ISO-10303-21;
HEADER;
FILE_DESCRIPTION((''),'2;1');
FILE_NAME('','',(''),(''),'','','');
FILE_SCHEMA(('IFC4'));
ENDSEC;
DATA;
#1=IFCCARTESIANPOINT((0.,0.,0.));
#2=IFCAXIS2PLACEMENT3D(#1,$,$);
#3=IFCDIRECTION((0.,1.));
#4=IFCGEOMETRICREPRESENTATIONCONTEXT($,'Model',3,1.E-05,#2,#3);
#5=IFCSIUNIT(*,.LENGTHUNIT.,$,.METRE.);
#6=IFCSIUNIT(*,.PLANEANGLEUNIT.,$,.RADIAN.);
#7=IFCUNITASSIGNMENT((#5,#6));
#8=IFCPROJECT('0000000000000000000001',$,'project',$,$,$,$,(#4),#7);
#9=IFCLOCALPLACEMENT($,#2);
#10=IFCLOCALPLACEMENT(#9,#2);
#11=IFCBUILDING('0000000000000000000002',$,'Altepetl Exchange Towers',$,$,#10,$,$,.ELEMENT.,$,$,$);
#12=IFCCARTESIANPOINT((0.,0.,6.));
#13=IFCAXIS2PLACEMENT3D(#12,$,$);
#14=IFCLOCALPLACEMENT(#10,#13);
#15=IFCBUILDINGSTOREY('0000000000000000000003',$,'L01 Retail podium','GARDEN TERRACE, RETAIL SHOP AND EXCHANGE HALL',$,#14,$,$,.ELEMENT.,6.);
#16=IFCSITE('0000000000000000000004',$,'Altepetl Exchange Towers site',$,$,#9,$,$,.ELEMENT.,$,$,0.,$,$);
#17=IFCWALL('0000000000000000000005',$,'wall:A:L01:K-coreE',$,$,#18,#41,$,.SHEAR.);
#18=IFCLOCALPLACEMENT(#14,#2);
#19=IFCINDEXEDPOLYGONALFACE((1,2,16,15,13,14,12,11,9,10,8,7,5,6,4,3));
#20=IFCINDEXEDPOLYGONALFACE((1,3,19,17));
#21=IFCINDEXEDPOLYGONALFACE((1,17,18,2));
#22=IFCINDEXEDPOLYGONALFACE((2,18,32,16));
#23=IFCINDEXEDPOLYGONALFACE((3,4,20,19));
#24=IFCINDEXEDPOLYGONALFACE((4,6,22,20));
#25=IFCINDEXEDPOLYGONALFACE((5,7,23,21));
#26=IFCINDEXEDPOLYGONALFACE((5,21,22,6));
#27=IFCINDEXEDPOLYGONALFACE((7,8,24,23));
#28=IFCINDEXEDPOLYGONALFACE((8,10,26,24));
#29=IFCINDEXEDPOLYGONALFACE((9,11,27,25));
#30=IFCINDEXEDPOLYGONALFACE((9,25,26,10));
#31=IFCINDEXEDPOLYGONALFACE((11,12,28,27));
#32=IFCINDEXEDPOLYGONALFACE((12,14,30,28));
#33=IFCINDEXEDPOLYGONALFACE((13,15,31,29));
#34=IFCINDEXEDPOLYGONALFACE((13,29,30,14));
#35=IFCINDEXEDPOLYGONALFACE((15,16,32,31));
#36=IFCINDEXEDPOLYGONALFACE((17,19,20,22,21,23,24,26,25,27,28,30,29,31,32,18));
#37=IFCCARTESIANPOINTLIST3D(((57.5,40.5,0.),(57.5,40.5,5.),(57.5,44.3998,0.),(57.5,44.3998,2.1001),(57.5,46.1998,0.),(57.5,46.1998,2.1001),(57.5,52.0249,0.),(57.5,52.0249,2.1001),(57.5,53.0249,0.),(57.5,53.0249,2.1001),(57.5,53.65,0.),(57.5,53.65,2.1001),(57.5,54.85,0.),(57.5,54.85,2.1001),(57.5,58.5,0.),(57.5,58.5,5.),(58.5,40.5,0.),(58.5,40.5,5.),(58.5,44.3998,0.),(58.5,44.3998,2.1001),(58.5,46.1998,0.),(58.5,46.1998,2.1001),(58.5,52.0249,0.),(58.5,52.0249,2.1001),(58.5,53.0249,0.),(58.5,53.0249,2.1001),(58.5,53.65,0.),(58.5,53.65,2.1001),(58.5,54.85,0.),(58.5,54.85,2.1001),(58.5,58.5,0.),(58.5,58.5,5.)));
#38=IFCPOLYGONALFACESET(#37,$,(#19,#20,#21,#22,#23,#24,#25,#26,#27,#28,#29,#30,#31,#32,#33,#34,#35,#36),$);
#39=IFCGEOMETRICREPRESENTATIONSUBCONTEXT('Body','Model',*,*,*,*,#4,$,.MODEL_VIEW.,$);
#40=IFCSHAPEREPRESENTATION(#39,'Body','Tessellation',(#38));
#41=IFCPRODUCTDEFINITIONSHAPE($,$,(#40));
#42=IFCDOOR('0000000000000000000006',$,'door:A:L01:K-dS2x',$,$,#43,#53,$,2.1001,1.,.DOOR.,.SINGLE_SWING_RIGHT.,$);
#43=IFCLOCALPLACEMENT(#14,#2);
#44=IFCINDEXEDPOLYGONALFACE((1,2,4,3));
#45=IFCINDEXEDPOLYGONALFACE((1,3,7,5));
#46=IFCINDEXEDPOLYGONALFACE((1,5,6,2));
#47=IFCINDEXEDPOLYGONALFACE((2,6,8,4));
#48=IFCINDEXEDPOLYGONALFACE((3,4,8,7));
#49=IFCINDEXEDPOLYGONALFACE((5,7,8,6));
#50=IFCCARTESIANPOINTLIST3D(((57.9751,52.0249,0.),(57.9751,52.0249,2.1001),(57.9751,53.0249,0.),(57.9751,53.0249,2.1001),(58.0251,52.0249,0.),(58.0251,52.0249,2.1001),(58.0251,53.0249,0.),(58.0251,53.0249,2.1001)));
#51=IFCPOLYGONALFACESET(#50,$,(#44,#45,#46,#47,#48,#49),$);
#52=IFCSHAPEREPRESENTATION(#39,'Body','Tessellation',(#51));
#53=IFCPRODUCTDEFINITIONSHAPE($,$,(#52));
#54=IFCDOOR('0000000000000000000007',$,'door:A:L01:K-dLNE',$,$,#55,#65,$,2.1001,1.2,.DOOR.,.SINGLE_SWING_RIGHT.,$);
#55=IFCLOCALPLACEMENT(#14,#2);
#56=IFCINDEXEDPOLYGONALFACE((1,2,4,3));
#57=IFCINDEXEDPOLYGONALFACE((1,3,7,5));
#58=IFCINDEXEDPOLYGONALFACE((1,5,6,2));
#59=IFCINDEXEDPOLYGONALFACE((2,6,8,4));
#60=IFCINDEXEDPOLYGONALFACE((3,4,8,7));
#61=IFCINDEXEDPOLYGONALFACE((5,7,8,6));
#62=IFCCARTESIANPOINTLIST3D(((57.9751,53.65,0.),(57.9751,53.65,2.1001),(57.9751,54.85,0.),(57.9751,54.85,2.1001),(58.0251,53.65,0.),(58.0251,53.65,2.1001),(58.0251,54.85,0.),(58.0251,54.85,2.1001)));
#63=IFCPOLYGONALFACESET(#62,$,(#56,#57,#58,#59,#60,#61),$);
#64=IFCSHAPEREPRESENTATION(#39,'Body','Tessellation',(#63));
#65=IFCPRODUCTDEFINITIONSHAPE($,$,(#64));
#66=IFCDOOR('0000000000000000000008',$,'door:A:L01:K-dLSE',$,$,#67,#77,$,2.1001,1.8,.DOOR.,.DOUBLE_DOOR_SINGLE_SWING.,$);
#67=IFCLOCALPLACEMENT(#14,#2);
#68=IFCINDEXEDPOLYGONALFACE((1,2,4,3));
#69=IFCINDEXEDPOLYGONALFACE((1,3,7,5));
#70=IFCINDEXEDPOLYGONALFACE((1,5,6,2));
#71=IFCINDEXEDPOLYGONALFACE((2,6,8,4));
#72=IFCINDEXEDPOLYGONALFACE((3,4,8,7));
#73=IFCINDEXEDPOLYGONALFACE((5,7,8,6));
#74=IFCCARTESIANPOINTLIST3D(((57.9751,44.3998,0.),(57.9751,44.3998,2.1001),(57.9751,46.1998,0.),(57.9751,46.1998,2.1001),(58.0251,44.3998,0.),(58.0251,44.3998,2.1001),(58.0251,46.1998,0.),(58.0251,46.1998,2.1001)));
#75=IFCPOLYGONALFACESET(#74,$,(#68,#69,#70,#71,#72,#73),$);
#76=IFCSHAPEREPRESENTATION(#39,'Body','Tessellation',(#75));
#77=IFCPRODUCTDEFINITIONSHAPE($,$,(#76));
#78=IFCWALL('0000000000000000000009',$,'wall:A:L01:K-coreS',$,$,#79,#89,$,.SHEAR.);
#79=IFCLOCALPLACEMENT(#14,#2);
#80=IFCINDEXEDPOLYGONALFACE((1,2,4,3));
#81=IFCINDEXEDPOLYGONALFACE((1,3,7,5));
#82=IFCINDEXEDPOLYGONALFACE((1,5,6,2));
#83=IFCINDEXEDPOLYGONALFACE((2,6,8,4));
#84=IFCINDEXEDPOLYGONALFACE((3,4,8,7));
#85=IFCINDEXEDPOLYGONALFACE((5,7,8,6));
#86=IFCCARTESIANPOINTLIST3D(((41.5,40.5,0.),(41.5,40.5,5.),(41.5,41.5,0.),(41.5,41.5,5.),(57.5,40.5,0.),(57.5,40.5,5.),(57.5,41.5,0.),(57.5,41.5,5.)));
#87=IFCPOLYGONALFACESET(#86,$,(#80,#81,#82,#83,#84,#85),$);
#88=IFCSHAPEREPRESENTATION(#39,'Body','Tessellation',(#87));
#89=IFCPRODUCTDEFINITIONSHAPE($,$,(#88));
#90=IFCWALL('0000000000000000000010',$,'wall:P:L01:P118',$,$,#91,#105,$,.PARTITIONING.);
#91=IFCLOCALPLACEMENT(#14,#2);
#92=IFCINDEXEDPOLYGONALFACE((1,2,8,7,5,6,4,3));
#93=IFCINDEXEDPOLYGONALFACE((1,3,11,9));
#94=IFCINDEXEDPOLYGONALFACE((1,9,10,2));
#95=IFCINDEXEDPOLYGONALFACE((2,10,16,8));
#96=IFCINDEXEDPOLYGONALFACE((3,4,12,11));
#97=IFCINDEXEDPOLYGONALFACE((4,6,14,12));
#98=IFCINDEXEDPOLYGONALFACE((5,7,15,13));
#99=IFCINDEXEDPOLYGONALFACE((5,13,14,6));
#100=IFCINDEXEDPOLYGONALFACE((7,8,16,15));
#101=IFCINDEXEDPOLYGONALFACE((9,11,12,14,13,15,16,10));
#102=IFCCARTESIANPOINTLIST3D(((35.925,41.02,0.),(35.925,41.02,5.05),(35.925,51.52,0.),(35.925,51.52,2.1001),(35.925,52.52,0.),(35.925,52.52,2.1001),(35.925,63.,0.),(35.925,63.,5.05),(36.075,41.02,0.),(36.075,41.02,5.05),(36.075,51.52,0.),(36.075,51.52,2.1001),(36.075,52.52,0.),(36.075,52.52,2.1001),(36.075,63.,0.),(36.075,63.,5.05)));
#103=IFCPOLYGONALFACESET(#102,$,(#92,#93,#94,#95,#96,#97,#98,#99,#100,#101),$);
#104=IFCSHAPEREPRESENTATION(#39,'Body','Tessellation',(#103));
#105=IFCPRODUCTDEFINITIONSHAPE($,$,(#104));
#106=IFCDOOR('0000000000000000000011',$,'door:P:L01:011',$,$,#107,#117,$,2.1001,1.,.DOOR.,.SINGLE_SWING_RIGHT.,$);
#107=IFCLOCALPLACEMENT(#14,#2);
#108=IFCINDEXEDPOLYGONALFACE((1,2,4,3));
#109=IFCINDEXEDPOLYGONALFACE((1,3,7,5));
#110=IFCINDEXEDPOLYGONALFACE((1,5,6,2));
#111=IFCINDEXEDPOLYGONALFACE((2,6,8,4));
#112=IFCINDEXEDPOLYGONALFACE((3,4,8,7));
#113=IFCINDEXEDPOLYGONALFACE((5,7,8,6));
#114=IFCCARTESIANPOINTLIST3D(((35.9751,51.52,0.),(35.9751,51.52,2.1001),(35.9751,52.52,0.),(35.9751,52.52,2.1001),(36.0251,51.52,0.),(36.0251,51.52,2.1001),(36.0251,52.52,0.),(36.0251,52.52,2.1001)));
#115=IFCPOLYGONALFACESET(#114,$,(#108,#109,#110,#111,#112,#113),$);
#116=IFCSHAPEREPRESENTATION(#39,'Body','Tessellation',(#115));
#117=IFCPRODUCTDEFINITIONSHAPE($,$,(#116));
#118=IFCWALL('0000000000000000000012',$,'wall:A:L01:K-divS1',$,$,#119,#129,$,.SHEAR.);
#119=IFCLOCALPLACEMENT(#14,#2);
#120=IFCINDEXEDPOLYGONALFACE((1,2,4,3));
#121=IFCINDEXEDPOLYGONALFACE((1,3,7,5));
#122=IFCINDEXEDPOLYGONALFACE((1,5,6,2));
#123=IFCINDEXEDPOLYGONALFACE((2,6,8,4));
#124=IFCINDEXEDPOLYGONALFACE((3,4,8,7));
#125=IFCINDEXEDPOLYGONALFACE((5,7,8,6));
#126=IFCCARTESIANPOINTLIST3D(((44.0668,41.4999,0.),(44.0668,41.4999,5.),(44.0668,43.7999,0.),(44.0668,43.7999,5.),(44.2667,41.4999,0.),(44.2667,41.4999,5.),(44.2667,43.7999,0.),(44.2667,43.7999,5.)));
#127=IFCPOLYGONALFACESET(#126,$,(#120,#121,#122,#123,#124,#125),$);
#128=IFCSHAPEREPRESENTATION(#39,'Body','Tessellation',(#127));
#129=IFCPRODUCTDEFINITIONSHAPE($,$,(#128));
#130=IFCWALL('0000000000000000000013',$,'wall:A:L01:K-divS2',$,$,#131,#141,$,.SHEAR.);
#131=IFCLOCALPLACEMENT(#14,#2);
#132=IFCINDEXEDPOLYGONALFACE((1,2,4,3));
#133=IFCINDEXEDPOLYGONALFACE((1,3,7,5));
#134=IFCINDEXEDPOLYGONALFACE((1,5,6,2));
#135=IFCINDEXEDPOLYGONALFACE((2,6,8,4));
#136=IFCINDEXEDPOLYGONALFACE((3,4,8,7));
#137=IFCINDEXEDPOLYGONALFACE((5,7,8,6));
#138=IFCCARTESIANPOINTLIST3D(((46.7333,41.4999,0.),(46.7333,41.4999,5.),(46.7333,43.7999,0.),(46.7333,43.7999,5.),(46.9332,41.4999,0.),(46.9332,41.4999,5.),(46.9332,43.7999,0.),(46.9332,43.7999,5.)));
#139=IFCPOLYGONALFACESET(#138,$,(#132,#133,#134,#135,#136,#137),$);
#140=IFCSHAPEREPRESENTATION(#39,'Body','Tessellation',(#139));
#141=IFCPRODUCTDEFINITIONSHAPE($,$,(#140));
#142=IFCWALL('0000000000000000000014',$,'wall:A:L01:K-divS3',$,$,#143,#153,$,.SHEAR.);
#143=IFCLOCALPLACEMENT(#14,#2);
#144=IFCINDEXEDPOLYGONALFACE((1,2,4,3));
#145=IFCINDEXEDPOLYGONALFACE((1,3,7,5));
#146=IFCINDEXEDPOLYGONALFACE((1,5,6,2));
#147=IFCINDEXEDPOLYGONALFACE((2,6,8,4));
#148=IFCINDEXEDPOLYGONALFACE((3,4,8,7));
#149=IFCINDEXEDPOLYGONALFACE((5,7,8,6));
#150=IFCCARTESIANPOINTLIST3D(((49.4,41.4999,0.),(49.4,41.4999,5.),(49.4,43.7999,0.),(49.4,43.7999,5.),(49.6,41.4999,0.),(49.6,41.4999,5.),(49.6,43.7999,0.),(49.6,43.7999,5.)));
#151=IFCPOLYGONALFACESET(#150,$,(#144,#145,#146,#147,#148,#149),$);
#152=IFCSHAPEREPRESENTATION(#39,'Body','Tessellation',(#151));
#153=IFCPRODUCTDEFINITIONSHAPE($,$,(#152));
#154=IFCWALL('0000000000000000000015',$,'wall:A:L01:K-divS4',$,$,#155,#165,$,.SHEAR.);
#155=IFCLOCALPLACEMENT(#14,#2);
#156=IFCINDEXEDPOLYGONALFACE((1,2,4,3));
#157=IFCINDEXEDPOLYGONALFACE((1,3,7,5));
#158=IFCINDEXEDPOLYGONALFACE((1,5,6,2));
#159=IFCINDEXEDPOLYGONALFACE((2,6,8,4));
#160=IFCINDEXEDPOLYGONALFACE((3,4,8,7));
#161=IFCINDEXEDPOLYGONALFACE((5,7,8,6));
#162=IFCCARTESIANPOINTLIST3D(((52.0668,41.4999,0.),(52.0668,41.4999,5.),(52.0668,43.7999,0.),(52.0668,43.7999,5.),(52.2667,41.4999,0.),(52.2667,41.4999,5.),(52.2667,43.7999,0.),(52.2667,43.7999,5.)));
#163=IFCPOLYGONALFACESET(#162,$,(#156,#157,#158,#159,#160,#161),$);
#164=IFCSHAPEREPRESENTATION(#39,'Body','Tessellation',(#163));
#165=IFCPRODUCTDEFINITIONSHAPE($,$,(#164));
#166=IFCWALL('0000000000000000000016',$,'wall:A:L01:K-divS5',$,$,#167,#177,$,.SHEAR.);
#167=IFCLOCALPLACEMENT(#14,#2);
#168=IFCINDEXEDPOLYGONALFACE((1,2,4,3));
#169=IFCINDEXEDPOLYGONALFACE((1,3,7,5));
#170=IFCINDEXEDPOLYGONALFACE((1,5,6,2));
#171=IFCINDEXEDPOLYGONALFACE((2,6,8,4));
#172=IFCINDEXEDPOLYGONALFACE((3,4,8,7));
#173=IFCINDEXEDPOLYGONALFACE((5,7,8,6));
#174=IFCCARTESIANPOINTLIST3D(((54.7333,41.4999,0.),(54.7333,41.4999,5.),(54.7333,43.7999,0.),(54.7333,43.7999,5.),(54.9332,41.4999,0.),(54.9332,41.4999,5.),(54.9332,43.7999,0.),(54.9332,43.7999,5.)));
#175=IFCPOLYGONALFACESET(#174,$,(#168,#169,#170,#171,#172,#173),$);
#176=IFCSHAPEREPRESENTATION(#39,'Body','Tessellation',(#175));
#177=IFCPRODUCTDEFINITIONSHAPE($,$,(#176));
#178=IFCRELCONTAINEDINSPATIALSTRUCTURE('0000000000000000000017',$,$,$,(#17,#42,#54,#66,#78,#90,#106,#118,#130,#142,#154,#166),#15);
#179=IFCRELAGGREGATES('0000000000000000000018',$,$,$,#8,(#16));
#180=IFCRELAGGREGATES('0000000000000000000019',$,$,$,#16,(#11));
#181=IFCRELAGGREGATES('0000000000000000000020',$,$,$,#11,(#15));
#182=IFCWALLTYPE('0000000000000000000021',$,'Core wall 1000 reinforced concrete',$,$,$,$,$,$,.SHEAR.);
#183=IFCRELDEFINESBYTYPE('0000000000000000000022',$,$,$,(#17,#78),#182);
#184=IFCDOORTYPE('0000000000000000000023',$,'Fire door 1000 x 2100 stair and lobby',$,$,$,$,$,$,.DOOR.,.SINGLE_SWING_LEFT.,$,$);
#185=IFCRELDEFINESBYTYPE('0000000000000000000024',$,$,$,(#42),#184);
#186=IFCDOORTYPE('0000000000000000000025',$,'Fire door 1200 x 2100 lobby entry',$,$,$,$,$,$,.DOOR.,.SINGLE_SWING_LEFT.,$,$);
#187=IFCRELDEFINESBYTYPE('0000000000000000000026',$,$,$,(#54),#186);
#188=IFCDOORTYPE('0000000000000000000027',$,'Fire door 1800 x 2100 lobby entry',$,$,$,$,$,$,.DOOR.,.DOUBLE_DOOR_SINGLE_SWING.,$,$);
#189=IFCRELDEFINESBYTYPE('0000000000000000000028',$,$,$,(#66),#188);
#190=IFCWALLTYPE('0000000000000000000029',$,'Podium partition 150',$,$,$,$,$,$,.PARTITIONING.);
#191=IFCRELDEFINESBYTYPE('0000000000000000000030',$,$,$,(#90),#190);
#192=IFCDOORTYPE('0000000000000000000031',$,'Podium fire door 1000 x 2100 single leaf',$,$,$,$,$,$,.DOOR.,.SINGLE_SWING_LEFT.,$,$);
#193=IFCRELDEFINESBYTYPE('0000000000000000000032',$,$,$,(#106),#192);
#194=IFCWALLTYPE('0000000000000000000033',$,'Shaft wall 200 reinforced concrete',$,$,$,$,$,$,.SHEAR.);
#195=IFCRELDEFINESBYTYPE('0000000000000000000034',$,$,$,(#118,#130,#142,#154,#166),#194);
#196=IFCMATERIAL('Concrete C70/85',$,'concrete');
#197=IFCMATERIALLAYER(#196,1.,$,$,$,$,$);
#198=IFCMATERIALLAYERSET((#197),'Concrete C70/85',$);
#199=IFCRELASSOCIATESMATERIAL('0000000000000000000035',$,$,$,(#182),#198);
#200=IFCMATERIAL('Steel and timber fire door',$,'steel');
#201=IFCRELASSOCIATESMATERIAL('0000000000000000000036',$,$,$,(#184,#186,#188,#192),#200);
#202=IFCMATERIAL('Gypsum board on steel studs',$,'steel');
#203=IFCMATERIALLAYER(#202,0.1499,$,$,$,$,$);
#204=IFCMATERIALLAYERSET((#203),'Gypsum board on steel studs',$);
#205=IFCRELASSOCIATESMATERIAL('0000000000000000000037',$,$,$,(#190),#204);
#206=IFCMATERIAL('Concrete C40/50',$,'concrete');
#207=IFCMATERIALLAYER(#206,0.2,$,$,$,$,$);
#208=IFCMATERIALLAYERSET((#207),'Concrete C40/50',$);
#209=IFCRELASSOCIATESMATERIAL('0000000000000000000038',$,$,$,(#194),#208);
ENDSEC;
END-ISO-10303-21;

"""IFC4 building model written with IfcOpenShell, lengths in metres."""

from ifc_helpers import new_model, si_unit, direction, frame, frame_2d, origin, place, context, subcontext, project, spatial, rectangle, extrude, material, layer, layer_set, type_object, element, fill, save


model = new_model("IFC4")

# Units and contexts
model_context = context("Model", 3, precision=1e-05, world=origin(), true_north=direction((0.0, 1.0)))
body_context = subcontext(model_context, "Body", "Model", "MODEL_VIEW")
ifc_project = project(units=[si_unit("LENGTHUNIT", "METRE"), si_unit("PLANEANGLEUNIT", "RADIAN")], contexts=[model_context])

# Site, building, storey
site_placement = place(None, origin())
site = spatial("IfcSite", under=ifc_project, at=site_placement, Name="Altepetl Exchange Towers site", CompositionType="ELEMENT", RefElevation=0.0)
building_placement = place(site_placement, origin())
building = spatial("IfcBuilding", under=site, at=building_placement, Name="Altepetl Exchange Towers", CompositionType="ELEMENT")
storey_placement = place(building_placement, frame((0.0, 0.0, 6.0)))
storey = spatial("IfcBuildingStorey", under=building, at=storey_placement, Name="L01 Retail podium", Description="GARDEN TERRACE, RETAIL SHOP AND EXCHANGE HALL", CompositionType="ELEMENT", Elevation=6.0)

# Wall, openings, doors
ifc_material_1 = material(Name="Concrete C70/85", Category="concrete")
ifc_layer_1 = layer(ifc_material_1, 1.0)
ifc_layer_set_1 = layer_set([ifc_layer_1], Name="Concrete C70/85")
wall_type_1 = type_object("IfcWallType", Name="Core wall 1000 reinforced concrete", PredefinedType="SHEAR", material=ifc_layer_set_1)
wall_1_placement = place(storey_placement, frame((58.0, 40.5, 0.0), z_axis=(0.0, 0.0, 1.0), x_axis=(0.0, 1.0, 0.0)))
wall_1 = element("IfcWall", 1, at=wall_1_placement, inside=storey, type_object=wall_type_1, Name="wall:A:L01:K-coreE", PredefinedType="SHEAR", context=body_context, shape_type="SweptSolid", body=[
    extrude(rectangle(XDim=18.0, YDim=1.0, at=frame_2d((9.0, 0.0))), origin(), (0.0, 0.0, 1.0), 5.0),
])
opening_1_placement = place(wall_1_placement, frame((13.1499, 0.0, 0.0)))
opening_1 = element("IfcOpeningElement", 2, at=opening_1_placement, cuts=wall_1, PredefinedType="OPENING", context=body_context, shape_type="SweptSolid", body=[
    extrude(rectangle(XDim=1.2, YDim=2.1001, at=frame_2d((0.6001, 1.05))), frame((0.0, 0.51, 0.0), z_axis=(0.0, -1.0, 0.0), x_axis=(1.0, 0.0, 0.0)), (0.0, 0.0, 1.0), 1.02),
])
opening_2_placement = place(wall_1_placement, frame((3.8999, 0.0, 0.0)))
opening_2 = element("IfcOpeningElement", 3, at=opening_2_placement, cuts=wall_1, PredefinedType="OPENING", context=body_context, shape_type="SweptSolid", body=[
    extrude(rectangle(XDim=1.8, YDim=2.1001, at=frame_2d((0.8999, 1.05))), frame((0.0, 0.51, 0.0), z_axis=(0.0, -1.0, 0.0), x_axis=(1.0, 0.0, 0.0)), (0.0, 0.0, 1.0), 1.02),
])
opening_3_placement = place(wall_1_placement, frame((11.5249, 0.0, 0.0)))
opening_3 = element("IfcOpeningElement", 4, at=opening_3_placement, cuts=wall_1, PredefinedType="OPENING", context=body_context, shape_type="SweptSolid", body=[
    extrude(rectangle(XDim=1.0, YDim=2.1001, at=frame_2d((0.5, 1.05))), frame((0.0, 0.51, 0.0), z_axis=(0.0, -1.0, 0.0), x_axis=(1.0, 0.0, 0.0)), (0.0, 0.0, 1.0), 1.02),
])
ifc_material_2 = material(Name="Steel and timber fire door", Category="steel")
door_type_1 = type_object("IfcDoorType", Name="Fire door 1000 x 2100 stair and lobby", OperationType="SINGLE_SWING_LEFT", PredefinedType="DOOR", material=ifc_material_2)
door_1_placement = place(opening_3_placement, origin())
door_1 = element("IfcDoor", 5, at=door_1_placement, inside=storey, type_object=door_type_1, Name="door:A:L01:K-dS2x", OperationType="SINGLE_SWING_RIGHT", OverallHeight=2.1001, OverallWidth=1.0, PredefinedType="DOOR", context=body_context, shape_type="SweptSolid", body=[
    extrude(rectangle(XDim=1.0, YDim=2.1001, at=frame_2d((0.5, 1.05))), frame((0.0, 0.0249, 0.0), z_axis=(0.0, -1.0, 0.0), x_axis=(1.0, 0.0, 0.0)), (0.0, 0.0, 1.0), 0.05),
])
fill(opening_3, door_1)
door_type_2 = type_object("IfcDoorType", Name="Fire door 1200 x 2100 lobby entry", OperationType="SINGLE_SWING_LEFT", PredefinedType="DOOR", material=ifc_material_2)
door_2_placement = place(opening_1_placement, origin())
door_2 = element("IfcDoor", 6, at=door_2_placement, inside=storey, type_object=door_type_2, Name="door:A:L01:K-dLNE", OperationType="SINGLE_SWING_RIGHT", OverallHeight=2.1001, OverallWidth=1.2, PredefinedType="DOOR", context=body_context, shape_type="SweptSolid", body=[
    extrude(rectangle(XDim=1.2, YDim=2.1001, at=frame_2d((0.6001, 1.05))), frame((0.0, 0.0249, 0.0), z_axis=(0.0, -1.0, 0.0), x_axis=(1.0, 0.0, 0.0)), (0.0, 0.0, 1.0), 0.05),
])
fill(opening_1, door_2)
door_type_3 = type_object("IfcDoorType", Name="Fire door 1800 x 2100 lobby entry", OperationType="DOUBLE_DOOR_SINGLE_SWING", PredefinedType="DOOR", material=ifc_material_2)
door_3_placement = place(opening_2_placement, origin())
door_3 = element("IfcDoor", 7, at=door_3_placement, inside=storey, type_object=door_type_3, Name="door:A:L01:K-dLSE", OperationType="DOUBLE_DOOR_SINGLE_SWING", OverallHeight=2.1001, OverallWidth=1.8, PredefinedType="DOOR", context=body_context, shape_type="SweptSolid", body=[
    extrude(rectangle(XDim=1.8, YDim=2.1001, at=frame_2d((0.8999, 1.05))), frame((0.0, 0.0249, 0.0), z_axis=(0.0, -1.0, 0.0), x_axis=(1.0, 0.0, 0.0)), (0.0, 0.0, 1.0), 0.05),
])
fill(opening_2, door_3)

# Wall
wall_2_placement = place(storey_placement, frame((41.5, 41.0, 0.0)))
element("IfcWall", 8, at=wall_2_placement, inside=storey, type_object=wall_type_1, Name="wall:A:L01:K-coreS", PredefinedType="SHEAR", context=body_context, shape_type="SweptSolid", body=[
    extrude(rectangle(XDim=16.0, YDim=1.0, at=frame_2d((8.0, 0.0))), origin(), (0.0, 0.0, 1.0), 5.0),
])

# Wall, opening, door
ifc_material_3 = material(Name="Gypsum board on steel studs", Category="steel")
ifc_layer_2 = layer(ifc_material_3, 0.1499)
ifc_layer_set_2 = layer_set([ifc_layer_2], Name="Gypsum board on steel studs")
wall_type_2 = type_object("IfcWallType", Name="Podium partition 150", PredefinedType="PARTITIONING", material=ifc_layer_set_2)
wall_3_placement = place(storey_placement, frame((36.0, 41.02, 0.0), z_axis=(0.0, 0.0, 1.0), x_axis=(0.0, 1.0, 0.0)))
wall_3 = element("IfcWall", 9, at=wall_3_placement, inside=storey, type_object=wall_type_2, Name="wall:P:L01:P118", PredefinedType="PARTITIONING", context=body_context, shape_type="SweptSolid", body=[
    extrude(rectangle(XDim=21.98, YDim=0.1499, at=frame_2d((10.99, 0.0))), origin(), (0.0, 0.0, 1.0), 5.05),
])
opening_4_placement = place(wall_3_placement, frame((10.5, 0.0, 0.0)))
opening_4 = element("IfcOpeningElement", 10, at=opening_4_placement, cuts=wall_3, PredefinedType="OPENING", context=body_context, shape_type="SweptSolid", body=[
    extrude(rectangle(XDim=1.0, YDim=2.1001, at=frame_2d((0.5, 1.05))), frame((0.0, 0.085, 0.0), z_axis=(0.0, -1.0, 0.0), x_axis=(1.0, 0.0, 0.0)), (0.0, 0.0, 1.0), 0.1699),
])
door_type_4 = type_object("IfcDoorType", Name="Podium fire door 1000 x 2100 single leaf", OperationType="SINGLE_SWING_LEFT", PredefinedType="DOOR", material=ifc_material_2)
door_4_placement = place(opening_4_placement, origin())
door_4 = element("IfcDoor", 11, at=door_4_placement, inside=storey, type_object=door_type_4, Name="door:P:L01:011", OperationType="SINGLE_SWING_RIGHT", OverallHeight=2.1001, OverallWidth=1.0, PredefinedType="DOOR", context=body_context, shape_type="SweptSolid", body=[
    extrude(rectangle(XDim=1.0, YDim=2.1001, at=frame_2d((0.5, 1.05))), frame((0.0, 0.0249, 0.0), z_axis=(0.0, -1.0, 0.0), x_axis=(1.0, 0.0, 0.0)), (0.0, 0.0, 1.0), 0.05),
])
fill(opening_4, door_4)

# Walls
ifc_material_4 = material(Name="Concrete C40/50", Category="concrete")
ifc_layer_3 = layer(ifc_material_4, 0.2)
ifc_layer_set_3 = layer_set([ifc_layer_3], Name="Concrete C40/50")
wall_type_3 = type_object("IfcWallType", Name="Shaft wall 200 reinforced concrete", PredefinedType="SHEAR", material=ifc_layer_set_3)
for number, where, z_axis, x_axis, name in (
    (12, (44.1667, 41.5, 0.0), (0.0, 0.0, 1.0), (0.0, 1.0, 0.0), "wall:A:L01:K-divS1"),
    (13, (46.8333, 41.5, 0.0), (0.0, 0.0, 1.0), (0.0, 1.0, 0.0), "wall:A:L01:K-divS2"),
    (14, (49.5, 41.5, 0.0), (0.0, 0.0, 1.0), (0.0, 1.0, 0.0), "wall:A:L01:K-divS3"),
    (15, (52.1667, 41.5, 0.0), (0.0, 0.0, 1.0), (0.0, 1.0, 0.0), "wall:A:L01:K-divS4"),
    (16, (54.8333, 41.5, 0.0), (0.0, 0.0, 1.0), (0.0, 1.0, 0.0), "wall:A:L01:K-divS5"),
):
    element("IfcWall", number, at=place(storey_placement, frame(where, z_axis=z_axis, x_axis=x_axis)), inside=storey, type_object=wall_type_3, Name=name, PredefinedType="SHEAR", context=body_context, shape_type="SweptSolid", body=[
        extrude(rectangle(XDim=2.3, YDim=0.2, at=frame_2d((1.1499, 0.0))), origin(), (0.0, 0.0, 1.0), 5.0),
    ])

save(model, "model.ifc")
